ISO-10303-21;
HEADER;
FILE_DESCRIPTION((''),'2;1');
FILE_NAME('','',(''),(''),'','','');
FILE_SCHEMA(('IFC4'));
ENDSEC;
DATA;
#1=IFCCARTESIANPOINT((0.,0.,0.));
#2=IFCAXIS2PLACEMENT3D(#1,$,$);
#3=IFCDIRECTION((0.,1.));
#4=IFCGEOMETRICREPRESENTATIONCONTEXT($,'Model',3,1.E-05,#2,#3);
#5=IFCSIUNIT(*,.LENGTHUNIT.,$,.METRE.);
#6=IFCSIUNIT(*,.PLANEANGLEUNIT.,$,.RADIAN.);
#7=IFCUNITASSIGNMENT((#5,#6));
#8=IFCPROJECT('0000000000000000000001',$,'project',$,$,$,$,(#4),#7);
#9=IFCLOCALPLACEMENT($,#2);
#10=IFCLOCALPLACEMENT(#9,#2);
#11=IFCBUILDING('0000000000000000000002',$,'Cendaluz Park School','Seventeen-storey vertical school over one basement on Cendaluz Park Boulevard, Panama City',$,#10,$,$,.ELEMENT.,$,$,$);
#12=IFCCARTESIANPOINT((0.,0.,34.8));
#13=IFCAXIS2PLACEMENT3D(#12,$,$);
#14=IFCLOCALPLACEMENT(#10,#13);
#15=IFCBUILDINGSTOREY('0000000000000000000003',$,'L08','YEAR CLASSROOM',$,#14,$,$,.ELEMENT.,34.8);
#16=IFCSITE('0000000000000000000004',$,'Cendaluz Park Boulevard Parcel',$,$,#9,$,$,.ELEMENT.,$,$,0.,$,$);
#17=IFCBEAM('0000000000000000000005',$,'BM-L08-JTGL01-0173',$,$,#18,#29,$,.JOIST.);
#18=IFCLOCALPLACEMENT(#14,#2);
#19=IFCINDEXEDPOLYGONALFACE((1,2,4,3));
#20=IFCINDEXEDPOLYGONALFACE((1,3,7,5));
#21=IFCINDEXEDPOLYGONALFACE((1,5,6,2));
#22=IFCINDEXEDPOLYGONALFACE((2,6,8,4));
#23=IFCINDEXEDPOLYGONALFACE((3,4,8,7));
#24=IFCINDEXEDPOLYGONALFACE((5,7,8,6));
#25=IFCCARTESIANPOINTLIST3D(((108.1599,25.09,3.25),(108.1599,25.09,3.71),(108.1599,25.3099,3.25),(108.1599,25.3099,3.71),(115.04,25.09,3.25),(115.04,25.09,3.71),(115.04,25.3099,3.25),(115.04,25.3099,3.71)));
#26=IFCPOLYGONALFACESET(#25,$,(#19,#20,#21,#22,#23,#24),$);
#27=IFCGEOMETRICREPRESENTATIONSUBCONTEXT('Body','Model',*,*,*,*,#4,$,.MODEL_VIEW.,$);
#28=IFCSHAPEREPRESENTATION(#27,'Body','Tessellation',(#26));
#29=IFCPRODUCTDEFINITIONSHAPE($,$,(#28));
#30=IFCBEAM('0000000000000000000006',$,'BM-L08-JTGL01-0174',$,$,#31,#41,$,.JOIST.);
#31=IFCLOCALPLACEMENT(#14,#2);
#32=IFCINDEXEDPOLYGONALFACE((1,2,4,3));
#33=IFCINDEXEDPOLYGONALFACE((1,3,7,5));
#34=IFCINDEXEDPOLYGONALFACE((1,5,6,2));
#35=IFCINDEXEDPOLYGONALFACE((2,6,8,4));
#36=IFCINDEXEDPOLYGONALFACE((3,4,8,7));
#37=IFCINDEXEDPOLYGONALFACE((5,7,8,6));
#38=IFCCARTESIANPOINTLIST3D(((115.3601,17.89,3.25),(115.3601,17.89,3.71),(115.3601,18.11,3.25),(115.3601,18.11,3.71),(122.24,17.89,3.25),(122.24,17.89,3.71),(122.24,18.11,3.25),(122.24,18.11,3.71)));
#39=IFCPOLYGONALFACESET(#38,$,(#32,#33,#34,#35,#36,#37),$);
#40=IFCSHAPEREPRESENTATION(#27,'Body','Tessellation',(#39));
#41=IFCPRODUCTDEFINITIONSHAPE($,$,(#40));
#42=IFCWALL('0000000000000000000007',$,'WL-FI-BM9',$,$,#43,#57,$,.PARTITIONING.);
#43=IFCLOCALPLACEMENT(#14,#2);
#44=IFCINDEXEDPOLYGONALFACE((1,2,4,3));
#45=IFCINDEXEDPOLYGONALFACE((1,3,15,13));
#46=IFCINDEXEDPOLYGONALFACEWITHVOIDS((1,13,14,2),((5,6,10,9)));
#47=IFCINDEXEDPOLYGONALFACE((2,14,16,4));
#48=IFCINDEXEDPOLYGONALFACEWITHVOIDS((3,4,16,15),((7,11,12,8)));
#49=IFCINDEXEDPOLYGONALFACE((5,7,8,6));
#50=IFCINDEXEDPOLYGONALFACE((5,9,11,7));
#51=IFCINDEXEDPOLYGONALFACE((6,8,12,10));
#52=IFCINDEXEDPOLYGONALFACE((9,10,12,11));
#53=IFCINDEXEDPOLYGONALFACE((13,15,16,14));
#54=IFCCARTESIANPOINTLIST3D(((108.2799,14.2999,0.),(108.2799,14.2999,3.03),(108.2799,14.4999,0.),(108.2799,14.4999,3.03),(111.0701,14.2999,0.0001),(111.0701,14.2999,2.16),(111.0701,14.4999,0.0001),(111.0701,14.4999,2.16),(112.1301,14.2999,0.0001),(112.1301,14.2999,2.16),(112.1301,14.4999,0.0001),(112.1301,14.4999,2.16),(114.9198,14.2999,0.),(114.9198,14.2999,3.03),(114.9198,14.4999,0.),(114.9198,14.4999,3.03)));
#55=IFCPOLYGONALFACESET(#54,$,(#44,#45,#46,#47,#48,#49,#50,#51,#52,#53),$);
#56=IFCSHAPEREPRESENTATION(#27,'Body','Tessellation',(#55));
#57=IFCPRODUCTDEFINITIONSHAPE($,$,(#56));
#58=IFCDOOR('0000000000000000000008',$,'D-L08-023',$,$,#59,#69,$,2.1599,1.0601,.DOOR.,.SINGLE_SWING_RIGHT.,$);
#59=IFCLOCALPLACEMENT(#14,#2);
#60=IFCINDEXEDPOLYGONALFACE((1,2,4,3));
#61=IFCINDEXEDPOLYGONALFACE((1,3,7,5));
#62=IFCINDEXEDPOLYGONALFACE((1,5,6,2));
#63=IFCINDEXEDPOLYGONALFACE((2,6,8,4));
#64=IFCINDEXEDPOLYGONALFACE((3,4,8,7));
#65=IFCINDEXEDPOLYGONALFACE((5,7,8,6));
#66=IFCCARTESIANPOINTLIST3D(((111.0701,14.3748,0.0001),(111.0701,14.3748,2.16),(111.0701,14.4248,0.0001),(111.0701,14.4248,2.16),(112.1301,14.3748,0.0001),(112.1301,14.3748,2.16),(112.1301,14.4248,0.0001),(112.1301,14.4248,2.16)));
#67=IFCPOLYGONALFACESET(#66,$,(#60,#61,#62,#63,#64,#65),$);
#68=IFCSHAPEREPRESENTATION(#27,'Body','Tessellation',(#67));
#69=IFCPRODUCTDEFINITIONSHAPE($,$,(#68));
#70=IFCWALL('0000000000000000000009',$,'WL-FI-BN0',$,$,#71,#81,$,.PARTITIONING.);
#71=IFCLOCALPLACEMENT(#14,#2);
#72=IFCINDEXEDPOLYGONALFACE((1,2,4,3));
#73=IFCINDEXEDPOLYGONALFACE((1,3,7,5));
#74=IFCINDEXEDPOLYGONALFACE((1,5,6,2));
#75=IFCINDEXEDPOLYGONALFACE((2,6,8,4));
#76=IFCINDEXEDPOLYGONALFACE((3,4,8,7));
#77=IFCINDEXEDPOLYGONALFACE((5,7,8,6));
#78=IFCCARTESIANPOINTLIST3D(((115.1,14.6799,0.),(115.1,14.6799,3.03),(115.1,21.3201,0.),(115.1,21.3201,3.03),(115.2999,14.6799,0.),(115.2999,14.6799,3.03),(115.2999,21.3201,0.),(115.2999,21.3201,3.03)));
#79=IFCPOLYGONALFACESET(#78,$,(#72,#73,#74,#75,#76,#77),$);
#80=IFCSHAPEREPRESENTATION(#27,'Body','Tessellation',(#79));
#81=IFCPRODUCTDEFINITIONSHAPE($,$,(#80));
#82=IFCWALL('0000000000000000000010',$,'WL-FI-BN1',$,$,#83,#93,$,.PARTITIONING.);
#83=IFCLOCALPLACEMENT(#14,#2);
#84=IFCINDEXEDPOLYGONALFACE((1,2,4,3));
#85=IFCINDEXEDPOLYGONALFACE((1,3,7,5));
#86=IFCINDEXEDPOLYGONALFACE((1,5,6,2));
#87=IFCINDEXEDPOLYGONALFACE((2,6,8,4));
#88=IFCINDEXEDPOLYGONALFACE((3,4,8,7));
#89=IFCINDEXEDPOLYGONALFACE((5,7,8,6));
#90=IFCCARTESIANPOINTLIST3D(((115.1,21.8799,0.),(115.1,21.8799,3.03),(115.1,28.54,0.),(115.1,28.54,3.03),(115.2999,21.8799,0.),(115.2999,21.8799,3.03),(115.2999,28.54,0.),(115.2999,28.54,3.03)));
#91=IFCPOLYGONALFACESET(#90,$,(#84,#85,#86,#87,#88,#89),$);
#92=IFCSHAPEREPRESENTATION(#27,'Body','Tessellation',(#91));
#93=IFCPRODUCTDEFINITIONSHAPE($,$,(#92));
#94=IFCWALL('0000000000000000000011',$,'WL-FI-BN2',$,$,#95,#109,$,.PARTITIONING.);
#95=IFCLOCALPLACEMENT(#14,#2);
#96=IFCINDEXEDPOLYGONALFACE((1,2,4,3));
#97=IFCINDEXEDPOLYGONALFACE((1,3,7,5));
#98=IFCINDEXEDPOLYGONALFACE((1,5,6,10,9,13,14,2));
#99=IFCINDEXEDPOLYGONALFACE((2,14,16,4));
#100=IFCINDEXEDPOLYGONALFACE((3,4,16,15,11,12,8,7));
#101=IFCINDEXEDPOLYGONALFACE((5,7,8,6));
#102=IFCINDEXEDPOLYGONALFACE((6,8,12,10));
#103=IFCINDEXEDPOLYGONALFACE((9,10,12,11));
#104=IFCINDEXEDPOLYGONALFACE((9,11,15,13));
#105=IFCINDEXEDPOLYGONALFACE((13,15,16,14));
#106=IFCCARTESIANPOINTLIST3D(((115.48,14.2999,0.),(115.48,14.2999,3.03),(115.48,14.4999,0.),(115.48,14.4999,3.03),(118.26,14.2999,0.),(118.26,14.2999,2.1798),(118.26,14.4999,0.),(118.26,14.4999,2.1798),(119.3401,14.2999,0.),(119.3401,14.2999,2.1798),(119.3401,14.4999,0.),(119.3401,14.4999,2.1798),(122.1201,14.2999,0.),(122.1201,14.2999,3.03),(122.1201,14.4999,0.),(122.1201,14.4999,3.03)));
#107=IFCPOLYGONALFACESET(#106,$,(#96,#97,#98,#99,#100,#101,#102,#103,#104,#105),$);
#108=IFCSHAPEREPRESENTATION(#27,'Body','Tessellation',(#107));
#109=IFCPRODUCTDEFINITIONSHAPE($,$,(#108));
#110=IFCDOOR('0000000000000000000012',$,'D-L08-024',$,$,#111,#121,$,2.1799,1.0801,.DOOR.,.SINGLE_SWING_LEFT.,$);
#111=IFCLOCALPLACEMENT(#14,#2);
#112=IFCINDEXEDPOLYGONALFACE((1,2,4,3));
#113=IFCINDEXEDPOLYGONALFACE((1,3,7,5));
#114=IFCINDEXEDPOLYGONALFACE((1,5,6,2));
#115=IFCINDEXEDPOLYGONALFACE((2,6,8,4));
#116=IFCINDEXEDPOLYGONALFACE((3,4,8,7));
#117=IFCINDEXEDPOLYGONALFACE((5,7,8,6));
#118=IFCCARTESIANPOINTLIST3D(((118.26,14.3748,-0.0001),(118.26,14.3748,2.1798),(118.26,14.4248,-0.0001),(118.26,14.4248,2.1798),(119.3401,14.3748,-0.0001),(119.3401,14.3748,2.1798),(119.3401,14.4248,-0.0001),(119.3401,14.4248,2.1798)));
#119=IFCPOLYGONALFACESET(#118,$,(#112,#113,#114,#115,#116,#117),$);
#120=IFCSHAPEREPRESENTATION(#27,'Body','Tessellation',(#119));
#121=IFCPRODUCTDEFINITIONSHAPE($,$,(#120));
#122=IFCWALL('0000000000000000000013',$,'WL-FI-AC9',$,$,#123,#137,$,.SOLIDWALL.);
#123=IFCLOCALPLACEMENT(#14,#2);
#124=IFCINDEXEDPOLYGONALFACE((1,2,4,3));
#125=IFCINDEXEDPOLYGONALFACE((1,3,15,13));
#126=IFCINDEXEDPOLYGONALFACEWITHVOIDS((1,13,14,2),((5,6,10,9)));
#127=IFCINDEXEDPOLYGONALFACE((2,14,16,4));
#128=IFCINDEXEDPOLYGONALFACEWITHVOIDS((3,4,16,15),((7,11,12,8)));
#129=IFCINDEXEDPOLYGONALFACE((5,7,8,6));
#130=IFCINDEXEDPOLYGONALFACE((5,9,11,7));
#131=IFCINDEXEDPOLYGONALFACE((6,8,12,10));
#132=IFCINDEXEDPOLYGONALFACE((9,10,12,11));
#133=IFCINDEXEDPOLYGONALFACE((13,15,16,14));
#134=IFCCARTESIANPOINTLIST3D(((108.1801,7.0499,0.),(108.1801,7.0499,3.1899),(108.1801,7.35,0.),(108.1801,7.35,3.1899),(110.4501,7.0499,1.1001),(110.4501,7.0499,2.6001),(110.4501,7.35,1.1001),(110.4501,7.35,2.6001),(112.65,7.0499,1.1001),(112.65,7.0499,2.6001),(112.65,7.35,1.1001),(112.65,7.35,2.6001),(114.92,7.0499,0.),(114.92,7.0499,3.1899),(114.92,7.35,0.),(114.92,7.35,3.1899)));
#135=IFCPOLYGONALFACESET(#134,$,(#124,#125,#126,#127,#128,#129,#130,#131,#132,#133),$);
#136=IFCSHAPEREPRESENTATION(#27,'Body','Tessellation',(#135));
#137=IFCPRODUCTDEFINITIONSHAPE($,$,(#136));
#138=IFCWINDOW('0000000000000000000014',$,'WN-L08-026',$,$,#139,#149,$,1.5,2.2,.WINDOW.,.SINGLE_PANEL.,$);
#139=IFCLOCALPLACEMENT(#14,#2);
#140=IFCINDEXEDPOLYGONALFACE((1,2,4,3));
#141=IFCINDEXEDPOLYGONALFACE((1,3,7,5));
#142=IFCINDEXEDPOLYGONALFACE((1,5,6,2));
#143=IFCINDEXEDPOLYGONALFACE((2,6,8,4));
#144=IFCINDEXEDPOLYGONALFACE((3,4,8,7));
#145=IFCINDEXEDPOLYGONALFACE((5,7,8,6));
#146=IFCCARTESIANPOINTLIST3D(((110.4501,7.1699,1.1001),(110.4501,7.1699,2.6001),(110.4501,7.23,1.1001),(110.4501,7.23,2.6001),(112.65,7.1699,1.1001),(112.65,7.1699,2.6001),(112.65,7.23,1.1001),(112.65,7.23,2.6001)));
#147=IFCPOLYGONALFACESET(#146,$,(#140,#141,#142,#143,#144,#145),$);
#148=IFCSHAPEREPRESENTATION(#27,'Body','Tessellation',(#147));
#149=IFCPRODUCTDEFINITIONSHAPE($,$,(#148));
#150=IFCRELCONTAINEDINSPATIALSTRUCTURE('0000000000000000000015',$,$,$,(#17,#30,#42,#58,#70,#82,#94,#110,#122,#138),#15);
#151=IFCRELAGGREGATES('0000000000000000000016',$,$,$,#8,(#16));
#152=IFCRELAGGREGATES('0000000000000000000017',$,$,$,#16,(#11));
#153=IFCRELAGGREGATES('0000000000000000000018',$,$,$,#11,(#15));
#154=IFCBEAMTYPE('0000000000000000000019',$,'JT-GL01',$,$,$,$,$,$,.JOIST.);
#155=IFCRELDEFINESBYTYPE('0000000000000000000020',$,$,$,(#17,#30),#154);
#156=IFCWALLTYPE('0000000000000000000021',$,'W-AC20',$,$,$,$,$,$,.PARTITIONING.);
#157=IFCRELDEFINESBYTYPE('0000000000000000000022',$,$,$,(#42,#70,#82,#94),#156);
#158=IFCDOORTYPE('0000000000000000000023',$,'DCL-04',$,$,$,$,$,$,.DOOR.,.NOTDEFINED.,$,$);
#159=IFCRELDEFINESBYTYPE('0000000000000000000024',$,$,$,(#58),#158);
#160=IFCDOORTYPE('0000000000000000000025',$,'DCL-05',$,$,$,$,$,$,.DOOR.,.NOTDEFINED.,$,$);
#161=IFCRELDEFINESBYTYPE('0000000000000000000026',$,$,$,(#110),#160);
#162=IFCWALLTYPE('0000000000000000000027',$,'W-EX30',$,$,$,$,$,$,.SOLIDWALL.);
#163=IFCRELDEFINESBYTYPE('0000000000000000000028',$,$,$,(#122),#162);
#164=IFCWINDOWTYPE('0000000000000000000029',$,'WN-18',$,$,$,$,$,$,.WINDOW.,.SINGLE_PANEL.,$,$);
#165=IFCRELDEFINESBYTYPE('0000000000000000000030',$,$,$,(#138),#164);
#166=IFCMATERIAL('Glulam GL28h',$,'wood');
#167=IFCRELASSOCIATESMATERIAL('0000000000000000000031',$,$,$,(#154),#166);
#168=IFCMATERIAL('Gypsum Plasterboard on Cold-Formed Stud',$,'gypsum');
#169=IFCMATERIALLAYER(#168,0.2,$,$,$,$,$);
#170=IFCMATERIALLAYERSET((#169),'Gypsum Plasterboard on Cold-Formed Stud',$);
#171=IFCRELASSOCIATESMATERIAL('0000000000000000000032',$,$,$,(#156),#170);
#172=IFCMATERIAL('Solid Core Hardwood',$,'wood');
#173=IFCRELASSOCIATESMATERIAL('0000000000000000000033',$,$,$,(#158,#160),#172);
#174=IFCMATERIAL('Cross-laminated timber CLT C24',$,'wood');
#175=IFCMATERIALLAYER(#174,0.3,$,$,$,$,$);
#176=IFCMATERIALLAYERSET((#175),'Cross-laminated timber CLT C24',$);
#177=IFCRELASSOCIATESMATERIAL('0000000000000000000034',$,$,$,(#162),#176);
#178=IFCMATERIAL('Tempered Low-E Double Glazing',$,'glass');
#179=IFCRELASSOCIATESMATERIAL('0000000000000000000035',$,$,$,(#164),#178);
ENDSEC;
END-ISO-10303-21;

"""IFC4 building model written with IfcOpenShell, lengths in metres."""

from ifc_helpers import new_model, si_unit, direction, frame, frame_2d, origin, origin_2d, place, context, subcontext, project, spatial, rectangle, extrude, material, layer, layer_set, material_profile, profile_set, type_object, element, fill, save


model = new_model("IFC4")

# Units and contexts
model_context = context("Model", 3, precision=1e-05, world=origin(), true_north=direction((0.0, 1.0)))
body_context = subcontext(model_context, "Body", "Model", "MODEL_VIEW")
ifc_project = project(units=[si_unit("LENGTHUNIT", "METRE"), si_unit("PLANEANGLEUNIT", "RADIAN")], contexts=[model_context])

# Site, building, storey
site_placement = place(None, origin())
site = spatial("IfcSite", under=ifc_project, at=site_placement, Name="Cendaluz Park Boulevard Parcel", CompositionType="ELEMENT", RefElevation=0.0)
building_placement = place(site_placement, origin())
building = spatial("IfcBuilding", under=site, at=building_placement, Name="Cendaluz Park School", Description="Seventeen-storey vertical school over one basement on Cendaluz Park Boulevard, Panama City", CompositionType="ELEMENT")
storey_placement = place(building_placement, frame((0.0, 0.0, 34.8)))
storey = spatial("IfcBuildingStorey", under=building, at=storey_placement, Name="L08", Description="YEAR CLASSROOM", CompositionType="ELEMENT", Elevation=34.8)

# Beams
ifc_material_1 = material(Name="Glulam GL28h", Category="wood")
ifc_material_profile_1 = material_profile(ifc_material_1, rectangle(XDim=0.22, YDim=0.46, at=origin_2d()), Name="GL28h 220x460", Category="wood")
ifc_profile_set_1 = profile_set([ifc_material_profile_1], Name="Glulam GL28h")
beam_type_1 = type_object("IfcBeamType", Name="JT-GL01", PredefinedType="JOIST", material=ifc_profile_set_1)
beam_1_placement = place(storey_placement, frame((108.1599, 25.2, 3.48), z_axis=(1.0, 0.0, 0.0), x_axis=(0.0, 1.0, 0.0)))
element("IfcBeam", 1, at=beam_1_placement, inside=storey, type_object=beam_type_1, Name="BM-L08-JTGL01-0173", PredefinedType="JOIST", context=body_context, shape_type="SweptSolid", body=[
    extrude(rectangle(XDim=0.22, YDim=0.46, at=origin_2d()), origin(), (0.0, 0.0, 1.0), 6.8801),
])
beam_2_placement = place(storey_placement, frame((115.3601, 18.0, 3.48), z_axis=(1.0, 0.0, 0.0), x_axis=(0.0, 1.0, 0.0)))
element("IfcBeam", 2, at=beam_2_placement, inside=storey, type_object=beam_type_1, Name="BM-L08-JTGL01-0174", PredefinedType="JOIST", context=body_context, shape_type="SweptSolid", body=[
    extrude(rectangle(XDim=0.22, YDim=0.46, at=origin_2d()), origin(), (0.0, 0.0, 1.0), 6.8799),
])

# Wall, opening, door
ifc_material_2 = material(Name="Gypsum Plasterboard on Cold-Formed Stud", Category="gypsum")
ifc_layer_1 = layer(ifc_material_2, 0.2)
ifc_layer_set_1 = layer_set([ifc_layer_1], Name="Gypsum Plasterboard on Cold-Formed Stud")
wall_type_1 = type_object("IfcWallType", Name="W-AC20", PredefinedType="PARTITIONING", material=ifc_layer_set_1)
wall_1_placement = place(storey_placement, frame((108.28, 14.3999, 0.0), z_axis=(0.0, 0.0, 1.0), x_axis=(1.0, 0.0, 0.0)))
wall_1 = element("IfcWall", 3, at=wall_1_placement, inside=storey, type_object=wall_type_1, Name="WL-FI-BM9", PredefinedType="PARTITIONING", context=body_context, shape_type="SweptSolid", body=[
    extrude(rectangle(XDim=6.6399, YDim=0.2, at=frame_2d((3.3198, 0.0))), origin(), (0.0, 0.0, 1.0), 3.03),
])
opening_1_placement = place(wall_1_placement, frame((2.79, 0.0, 0.0)))
opening_1 = element("IfcOpeningElement", 4, at=opening_1_placement, cuts=wall_1, PredefinedType="OPENING", context=body_context, shape_type="SweptSolid", body=[
    extrude(rectangle(XDim=1.0601, YDim=2.1599, at=frame_2d((0.53, 1.0801))), frame((0.0, 0.1121, 0.0), z_axis=(0.0, -1.0, 0.0), x_axis=(1.0, 0.0, 0.0)), (0.0, 0.0, 1.0), 0.2239),
])
ifc_material_3 = material(Name="Solid Core Hardwood", Category="wood")
door_type_1 = type_object("IfcDoorType", Name="DCL-04", OperationType="NOTDEFINED", PredefinedType="DOOR", material=ifc_material_3)
door_1_placement = place(opening_1_placement, origin())
door_1 = element("IfcDoor", 5, at=door_1_placement, inside=storey, type_object=door_type_1, Name="D-L08-023", OperationType="SINGLE_SWING_RIGHT", OverallHeight=2.1599, OverallWidth=1.0601, PredefinedType="DOOR", context=body_context, shape_type="SweptSolid", body=[
    extrude(rectangle(XDim=1.0601, YDim=2.1599, at=frame_2d((0.53, 1.0801))), frame((0.0, 0.0249, 0.0), z_axis=(0.0, -1.0, 0.0), x_axis=(1.0, 0.0, 0.0)), (0.0, 0.0, 1.0), 0.05),
])
fill(opening_1, door_1)

# Walls
wall_2_placement = place(storey_placement, frame((115.2, 14.6799, 0.0), z_axis=(0.0, 0.0, 1.0), x_axis=(0.0, 1.0, 0.0)))
element("IfcWall", 6, at=wall_2_placement, inside=storey, type_object=wall_type_1, Name="WL-FI-BN0", PredefinedType="PARTITIONING", context=body_context, shape_type="SweptSolid", body=[
    extrude(rectangle(XDim=6.6401, YDim=0.2, at=frame_2d((3.3201, 0.0))), origin(), (0.0, 0.0, 1.0), 3.03),
])
wall_3_placement = place(storey_placement, frame((115.2, 21.8799, 0.0), z_axis=(0.0, 0.0, 1.0), x_axis=(0.0, 1.0, 0.0)))
element("IfcWall", 7, at=wall_3_placement, inside=storey, type_object=wall_type_1, Name="WL-FI-BN1", PredefinedType="PARTITIONING", context=body_context, shape_type="SweptSolid", body=[
    extrude(rectangle(XDim=6.6602, YDim=0.2, at=frame_2d((3.3301, 0.0))), origin(), (0.0, 0.0, 1.0), 3.03),
])

# Wall, opening, door
wall_4_placement = place(storey_placement, frame((115.48, 14.3999, 0.0), z_axis=(0.0, 0.0, 1.0), x_axis=(1.0, 0.0, 0.0)))
wall_4 = element("IfcWall", 8, at=wall_4_placement, inside=storey, type_object=wall_type_1, Name="WL-FI-BN2", PredefinedType="PARTITIONING", context=body_context, shape_type="SweptSolid", body=[
    extrude(rectangle(XDim=6.6401, YDim=0.2, at=frame_2d((3.3201, 0.0))), origin(), (0.0, 0.0, 1.0), 3.03),
])
opening_2_placement = place(wall_4_placement, frame((2.78, 0.0, 0.0)))
opening_2 = element("IfcOpeningElement", 9, at=opening_2_placement, cuts=wall_4, PredefinedType="OPENING", context=body_context, shape_type="SweptSolid", body=[
    extrude(rectangle(XDim=1.0801, YDim=2.1799, at=frame_2d((0.54, 1.0898))), frame((0.0, 0.1121, 0.0), z_axis=(0.0, -1.0, 0.0), x_axis=(1.0, 0.0, 0.0)), (0.0, 0.0, 1.0), 0.2239),
])
door_type_2 = type_object("IfcDoorType", Name="DCL-05", OperationType="NOTDEFINED", PredefinedType="DOOR", material=ifc_material_3)
door_2_placement = place(opening_2_placement, origin())
door_2 = element("IfcDoor", 10, at=door_2_placement, inside=storey, type_object=door_type_2, Name="D-L08-024", OperationType="SINGLE_SWING_LEFT", OverallHeight=2.1799, OverallWidth=1.0801, PredefinedType="DOOR", context=body_context, shape_type="SweptSolid", body=[
    extrude(rectangle(XDim=1.0801, YDim=2.1799, at=frame_2d((0.54, 1.0898))), frame((0.0, 0.0249, 0.0), z_axis=(0.0, -1.0, 0.0), x_axis=(1.0, 0.0, 0.0)), (0.0, 0.0, 1.0), 0.05),
])
fill(opening_2, door_2)

# Wall, opening, window
ifc_material_4 = material(Name="Cross-laminated timber CLT C24", Category="wood")
ifc_layer_2 = layer(ifc_material_4, 0.3)
ifc_layer_set_2 = layer_set([ifc_layer_2], Name="Cross-laminated timber CLT C24")
wall_type_2 = type_object("IfcWallType", Name="W-EX30", PredefinedType="SOLIDWALL", material=ifc_layer_set_2)
wall_5_placement = place(storey_placement, frame((108.1799, 7.2, 0.0), z_axis=(0.0, 0.0, 1.0), x_axis=(1.0, 0.0, 0.0)))
wall_5 = element("IfcWall", 11, at=wall_5_placement, inside=storey, type_object=wall_type_2, Name="WL-FI-AC9", PredefinedType="SOLIDWALL", context=body_context, shape_type="SweptSolid", body=[
    extrude(rectangle(XDim=6.74, YDim=0.3, at=frame_2d((3.3701, 0.0))), origin(), (0.0, 0.0, 1.0), 3.1899),
])
opening_3_placement = place(wall_5_placement, frame((2.27, 0.0, 1.1001)))
opening_3 = element("IfcOpeningElement", 12, at=opening_3_placement, cuts=wall_5, PredefinedType="OPENING", context=body_context, shape_type="SweptSolid", body=[
    extrude(rectangle(XDim=2.2, YDim=1.5, at=frame_2d((1.1001, 0.75))), frame((0.0, 0.1621, 0.0), z_axis=(0.0, -1.0, 0.0), x_axis=(1.0, 0.0, 0.0)), (0.0, 0.0, 1.0), 0.324),
])
ifc_material_5 = material(Name="Tempered Low-E Double Glazing", Category="glass")
window_type_1 = type_object("IfcWindowType", Name="WN-18", PartitioningType="SINGLE_PANEL", PredefinedType="WINDOW", material=ifc_material_5)
window_1_placement = place(opening_3_placement, origin())
window_1 = element("IfcWindow", 13, at=window_1_placement, inside=storey, type_object=window_type_1, Name="WN-L08-026", OverallHeight=1.5, OverallWidth=2.2, PartitioningType="SINGLE_PANEL", PredefinedType="WINDOW", context=body_context, shape_type="SweptSolid", body=[
    extrude(rectangle(XDim=2.2, YDim=1.5, at=frame_2d((1.1001, 0.75))), frame((0.0, 0.03, 0.0), z_axis=(0.0, -1.0, 0.0), x_axis=(1.0, 0.0, 0.0)), (0.0, 0.0, 1.0), 0.0601),
])
fill(opening_3, window_1)

save(model, "model.ifc")
